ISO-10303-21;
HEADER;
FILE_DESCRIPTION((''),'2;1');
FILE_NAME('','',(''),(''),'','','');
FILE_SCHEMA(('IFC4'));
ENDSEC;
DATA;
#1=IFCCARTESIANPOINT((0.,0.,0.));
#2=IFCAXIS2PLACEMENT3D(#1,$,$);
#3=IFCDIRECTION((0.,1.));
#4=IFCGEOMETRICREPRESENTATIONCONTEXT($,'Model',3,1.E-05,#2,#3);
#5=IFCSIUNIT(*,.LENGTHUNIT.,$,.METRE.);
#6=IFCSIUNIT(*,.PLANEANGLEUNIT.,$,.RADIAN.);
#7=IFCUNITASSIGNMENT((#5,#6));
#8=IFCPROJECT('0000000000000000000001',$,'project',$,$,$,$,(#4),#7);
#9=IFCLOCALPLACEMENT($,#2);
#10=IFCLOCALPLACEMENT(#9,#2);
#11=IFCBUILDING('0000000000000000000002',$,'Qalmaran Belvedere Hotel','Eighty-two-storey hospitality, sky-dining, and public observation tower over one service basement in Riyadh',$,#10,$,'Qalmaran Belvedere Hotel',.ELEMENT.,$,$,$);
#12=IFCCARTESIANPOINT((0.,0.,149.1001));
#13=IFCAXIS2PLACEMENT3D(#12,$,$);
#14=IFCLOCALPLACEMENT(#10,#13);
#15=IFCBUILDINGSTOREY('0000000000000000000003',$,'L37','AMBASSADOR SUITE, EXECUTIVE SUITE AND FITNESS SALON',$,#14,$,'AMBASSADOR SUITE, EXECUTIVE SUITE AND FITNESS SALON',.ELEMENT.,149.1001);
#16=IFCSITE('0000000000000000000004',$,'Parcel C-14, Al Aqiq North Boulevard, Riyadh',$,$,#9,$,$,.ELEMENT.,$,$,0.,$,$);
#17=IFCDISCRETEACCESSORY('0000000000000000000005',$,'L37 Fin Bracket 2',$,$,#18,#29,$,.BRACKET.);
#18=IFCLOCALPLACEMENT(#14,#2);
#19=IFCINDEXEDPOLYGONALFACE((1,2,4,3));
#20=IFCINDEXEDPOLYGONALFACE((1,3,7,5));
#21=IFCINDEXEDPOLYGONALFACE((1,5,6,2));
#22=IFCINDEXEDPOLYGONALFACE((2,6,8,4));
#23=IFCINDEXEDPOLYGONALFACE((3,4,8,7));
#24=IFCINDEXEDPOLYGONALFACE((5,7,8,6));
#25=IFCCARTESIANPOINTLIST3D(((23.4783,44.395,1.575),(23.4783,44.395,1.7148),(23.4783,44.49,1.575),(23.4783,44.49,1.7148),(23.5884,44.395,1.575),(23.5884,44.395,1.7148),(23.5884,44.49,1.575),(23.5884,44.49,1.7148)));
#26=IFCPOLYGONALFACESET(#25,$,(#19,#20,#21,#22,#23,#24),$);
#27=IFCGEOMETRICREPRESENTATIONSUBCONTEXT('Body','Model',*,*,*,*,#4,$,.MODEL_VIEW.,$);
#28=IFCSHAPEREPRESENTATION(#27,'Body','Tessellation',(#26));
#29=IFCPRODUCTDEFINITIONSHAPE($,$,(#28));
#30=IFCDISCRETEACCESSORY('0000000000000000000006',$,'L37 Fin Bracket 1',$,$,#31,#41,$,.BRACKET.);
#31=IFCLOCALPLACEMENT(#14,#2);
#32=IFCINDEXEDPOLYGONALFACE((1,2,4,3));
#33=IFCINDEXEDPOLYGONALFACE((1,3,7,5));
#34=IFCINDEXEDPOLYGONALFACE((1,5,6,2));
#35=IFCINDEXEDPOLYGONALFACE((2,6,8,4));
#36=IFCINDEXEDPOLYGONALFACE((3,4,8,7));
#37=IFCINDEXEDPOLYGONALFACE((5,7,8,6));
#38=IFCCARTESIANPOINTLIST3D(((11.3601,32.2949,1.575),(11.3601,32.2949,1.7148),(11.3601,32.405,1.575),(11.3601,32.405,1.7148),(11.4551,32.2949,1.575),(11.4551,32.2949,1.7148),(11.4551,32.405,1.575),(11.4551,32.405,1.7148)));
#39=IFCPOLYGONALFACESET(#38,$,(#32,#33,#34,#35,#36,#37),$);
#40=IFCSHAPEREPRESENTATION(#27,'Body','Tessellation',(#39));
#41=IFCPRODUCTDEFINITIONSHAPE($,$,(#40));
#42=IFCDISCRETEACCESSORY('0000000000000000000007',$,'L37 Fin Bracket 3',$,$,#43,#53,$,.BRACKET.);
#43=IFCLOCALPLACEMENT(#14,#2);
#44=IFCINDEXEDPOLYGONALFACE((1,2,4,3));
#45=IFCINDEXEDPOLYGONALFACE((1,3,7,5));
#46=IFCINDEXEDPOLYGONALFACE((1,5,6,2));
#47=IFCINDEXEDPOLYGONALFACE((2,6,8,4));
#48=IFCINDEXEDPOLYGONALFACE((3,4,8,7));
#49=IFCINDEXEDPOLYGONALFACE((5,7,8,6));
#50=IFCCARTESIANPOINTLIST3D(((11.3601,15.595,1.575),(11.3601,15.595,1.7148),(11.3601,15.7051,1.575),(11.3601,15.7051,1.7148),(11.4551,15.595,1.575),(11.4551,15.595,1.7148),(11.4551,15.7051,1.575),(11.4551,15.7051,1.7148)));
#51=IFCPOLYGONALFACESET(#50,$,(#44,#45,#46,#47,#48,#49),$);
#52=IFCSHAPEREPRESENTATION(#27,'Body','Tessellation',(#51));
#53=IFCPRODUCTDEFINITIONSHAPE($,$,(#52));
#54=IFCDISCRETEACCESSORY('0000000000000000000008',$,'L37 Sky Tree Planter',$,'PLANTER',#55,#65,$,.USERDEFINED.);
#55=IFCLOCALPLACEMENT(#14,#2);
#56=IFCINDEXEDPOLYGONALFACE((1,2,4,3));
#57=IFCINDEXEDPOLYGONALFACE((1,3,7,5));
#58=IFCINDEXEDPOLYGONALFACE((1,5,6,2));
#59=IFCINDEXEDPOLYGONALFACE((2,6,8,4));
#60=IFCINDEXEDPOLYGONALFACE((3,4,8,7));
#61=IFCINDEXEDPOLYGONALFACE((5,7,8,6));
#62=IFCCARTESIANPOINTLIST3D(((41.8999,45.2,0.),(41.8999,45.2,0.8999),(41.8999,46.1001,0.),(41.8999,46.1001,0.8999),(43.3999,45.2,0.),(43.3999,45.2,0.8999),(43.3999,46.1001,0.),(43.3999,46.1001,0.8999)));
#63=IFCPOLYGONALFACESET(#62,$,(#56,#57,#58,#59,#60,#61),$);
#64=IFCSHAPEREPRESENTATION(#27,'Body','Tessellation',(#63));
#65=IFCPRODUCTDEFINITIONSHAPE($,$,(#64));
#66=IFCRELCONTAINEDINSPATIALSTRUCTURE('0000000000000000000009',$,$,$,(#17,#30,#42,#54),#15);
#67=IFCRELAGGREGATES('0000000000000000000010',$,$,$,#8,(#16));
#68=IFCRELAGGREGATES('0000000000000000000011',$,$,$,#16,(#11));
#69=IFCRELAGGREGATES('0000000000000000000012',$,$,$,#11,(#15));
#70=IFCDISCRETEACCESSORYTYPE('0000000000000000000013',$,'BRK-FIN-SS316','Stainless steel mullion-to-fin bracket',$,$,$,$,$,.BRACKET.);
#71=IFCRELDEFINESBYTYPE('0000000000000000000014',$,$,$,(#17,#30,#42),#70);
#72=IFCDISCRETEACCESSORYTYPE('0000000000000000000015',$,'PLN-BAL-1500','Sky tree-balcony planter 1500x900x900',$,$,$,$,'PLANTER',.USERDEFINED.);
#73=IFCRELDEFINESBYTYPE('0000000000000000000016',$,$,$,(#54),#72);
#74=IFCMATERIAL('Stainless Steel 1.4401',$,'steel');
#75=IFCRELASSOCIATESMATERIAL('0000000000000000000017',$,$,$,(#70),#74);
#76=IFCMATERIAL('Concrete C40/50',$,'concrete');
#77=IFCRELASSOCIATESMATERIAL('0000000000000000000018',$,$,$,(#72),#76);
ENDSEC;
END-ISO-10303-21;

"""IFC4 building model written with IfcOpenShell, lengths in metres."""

from ifc_helpers import new_model, si_unit, direction, frame, origin, place, context, subcontext, project, spatial, polyline, outline, extrude, material, type_object, element, save


model = new_model("IFC4")

# Units and contexts
model_context = context("Model", 3, precision=1e-05, world=origin(), true_north=direction((0.0, 1.0)))
body_context = subcontext(model_context, "Body", "Model", "MODEL_VIEW")
ifc_project = project(units=[si_unit("LENGTHUNIT", "METRE"), si_unit("PLANEANGLEUNIT", "RADIAN")], contexts=[model_context])

# Site, building, storey
site_placement = place(None, origin())
site = spatial("IfcSite", under=ifc_project, at=site_placement, Name="Parcel C-14, Al Aqiq North Boulevard, Riyadh", CompositionType="ELEMENT", RefElevation=0.0)
building_placement = place(site_placement, origin())
building = spatial("IfcBuilding", under=site, at=building_placement, Name="Qalmaran Belvedere Hotel", Description="Eighty-two-storey hospitality, sky-dining, and public observation tower over one service basement in Riyadh", LongName="Qalmaran Belvedere Hotel", CompositionType="ELEMENT")
storey_placement = place(building_placement, frame((0.0, 0.0, 149.1001)))
storey = spatial("IfcBuildingStorey", under=building, at=storey_placement, Name="L37", Description="AMBASSADOR SUITE, EXECUTIVE SUITE AND FITNESS SALON", LongName="AMBASSADOR SUITE, EXECUTIVE SUITE AND FITNESS SALON", CompositionType="ELEMENT", Elevation=149.1001)

# Shared definitions
ifc_material_1 = material(Name="Concrete C40/50", Category="concrete")

# Discrete accessories
ifc_material_2 = material(Name="Stainless Steel 1.4401", Category="steel")
discrete_accessory_type_1 = type_object("IfcDiscreteAccessoryType", Name="BRK-FIN-SS316", Description="Stainless steel mullion-to-fin bracket", PredefinedType="BRACKET", material=ifc_material_2)
discrete_accessory_1_placement = place(storey_placement, frame((0.0, 0.0, 1.575)))
element("IfcDiscreteAccessory", 1, at=discrete_accessory_1_placement, inside=storey, type_object=discrete_accessory_type_1, Name="L37 Fin Bracket 2", PredefinedType="BRACKET", context=body_context, shape_type="SweptSolid", body=[
    extrude(outline(polyline([(23.5884, 44.395), (23.5884, 44.49), (23.4783, 44.49), (23.4783, 44.395), (23.5884, 44.395)])), origin(), (0.0, 0.0, 1.0), 0.1399),
])
discrete_accessory_2_placement = place(storey_placement, frame((0.0, 0.0, 1.575)))
element("IfcDiscreteAccessory", 2, at=discrete_accessory_2_placement, inside=storey, type_object=discrete_accessory_type_1, Name="L37 Fin Bracket 1", PredefinedType="BRACKET", context=body_context, shape_type="SweptSolid", body=[
    extrude(outline(polyline([(11.4551, 32.405), (11.3601, 32.405), (11.3601, 32.2949), (11.4551, 32.2949), (11.4551, 32.405)])), origin(), (0.0, 0.0, 1.0), 0.1399),
])
discrete_accessory_3_placement = place(storey_placement, frame((0.0, 0.0, 1.575)))
element("IfcDiscreteAccessory", 3, at=discrete_accessory_3_placement, inside=storey, type_object=discrete_accessory_type_1, Name="L37 Fin Bracket 3", PredefinedType="BRACKET", context=body_context, shape_type="SweptSolid", body=[
    extrude(outline(polyline([(11.4551, 15.7051), (11.3601, 15.7051), (11.3601, 15.595), (11.4551, 15.595), (11.4551, 15.7051)])), origin(), (0.0, 0.0, 1.0), 0.1399),
])
discrete_accessory_type_2 = type_object("IfcDiscreteAccessoryType", Name="PLN-BAL-1500", Description="Sky tree-balcony planter 1500x900x900", ElementType="PLANTER", PredefinedType="USERDEFINED", material=ifc_material_1)
discrete_accessory_4_placement = place(storey_placement, origin())
element("IfcDiscreteAccessory", 4, at=discrete_accessory_4_placement, inside=storey, type_object=discrete_accessory_type_2, Name="L37 Sky Tree Planter", ObjectType="PLANTER", PredefinedType="USERDEFINED", context=body_context, shape_type="SweptSolid", body=[
    extrude(outline(polyline([(41.8999, 45.2), (43.3999, 45.2), (43.3999, 46.1001), (41.8999, 46.1001), (41.8999, 45.2)])), origin(), (0.0, 0.0, 1.0), 0.8999),
])

save(model, "model.ifc")
